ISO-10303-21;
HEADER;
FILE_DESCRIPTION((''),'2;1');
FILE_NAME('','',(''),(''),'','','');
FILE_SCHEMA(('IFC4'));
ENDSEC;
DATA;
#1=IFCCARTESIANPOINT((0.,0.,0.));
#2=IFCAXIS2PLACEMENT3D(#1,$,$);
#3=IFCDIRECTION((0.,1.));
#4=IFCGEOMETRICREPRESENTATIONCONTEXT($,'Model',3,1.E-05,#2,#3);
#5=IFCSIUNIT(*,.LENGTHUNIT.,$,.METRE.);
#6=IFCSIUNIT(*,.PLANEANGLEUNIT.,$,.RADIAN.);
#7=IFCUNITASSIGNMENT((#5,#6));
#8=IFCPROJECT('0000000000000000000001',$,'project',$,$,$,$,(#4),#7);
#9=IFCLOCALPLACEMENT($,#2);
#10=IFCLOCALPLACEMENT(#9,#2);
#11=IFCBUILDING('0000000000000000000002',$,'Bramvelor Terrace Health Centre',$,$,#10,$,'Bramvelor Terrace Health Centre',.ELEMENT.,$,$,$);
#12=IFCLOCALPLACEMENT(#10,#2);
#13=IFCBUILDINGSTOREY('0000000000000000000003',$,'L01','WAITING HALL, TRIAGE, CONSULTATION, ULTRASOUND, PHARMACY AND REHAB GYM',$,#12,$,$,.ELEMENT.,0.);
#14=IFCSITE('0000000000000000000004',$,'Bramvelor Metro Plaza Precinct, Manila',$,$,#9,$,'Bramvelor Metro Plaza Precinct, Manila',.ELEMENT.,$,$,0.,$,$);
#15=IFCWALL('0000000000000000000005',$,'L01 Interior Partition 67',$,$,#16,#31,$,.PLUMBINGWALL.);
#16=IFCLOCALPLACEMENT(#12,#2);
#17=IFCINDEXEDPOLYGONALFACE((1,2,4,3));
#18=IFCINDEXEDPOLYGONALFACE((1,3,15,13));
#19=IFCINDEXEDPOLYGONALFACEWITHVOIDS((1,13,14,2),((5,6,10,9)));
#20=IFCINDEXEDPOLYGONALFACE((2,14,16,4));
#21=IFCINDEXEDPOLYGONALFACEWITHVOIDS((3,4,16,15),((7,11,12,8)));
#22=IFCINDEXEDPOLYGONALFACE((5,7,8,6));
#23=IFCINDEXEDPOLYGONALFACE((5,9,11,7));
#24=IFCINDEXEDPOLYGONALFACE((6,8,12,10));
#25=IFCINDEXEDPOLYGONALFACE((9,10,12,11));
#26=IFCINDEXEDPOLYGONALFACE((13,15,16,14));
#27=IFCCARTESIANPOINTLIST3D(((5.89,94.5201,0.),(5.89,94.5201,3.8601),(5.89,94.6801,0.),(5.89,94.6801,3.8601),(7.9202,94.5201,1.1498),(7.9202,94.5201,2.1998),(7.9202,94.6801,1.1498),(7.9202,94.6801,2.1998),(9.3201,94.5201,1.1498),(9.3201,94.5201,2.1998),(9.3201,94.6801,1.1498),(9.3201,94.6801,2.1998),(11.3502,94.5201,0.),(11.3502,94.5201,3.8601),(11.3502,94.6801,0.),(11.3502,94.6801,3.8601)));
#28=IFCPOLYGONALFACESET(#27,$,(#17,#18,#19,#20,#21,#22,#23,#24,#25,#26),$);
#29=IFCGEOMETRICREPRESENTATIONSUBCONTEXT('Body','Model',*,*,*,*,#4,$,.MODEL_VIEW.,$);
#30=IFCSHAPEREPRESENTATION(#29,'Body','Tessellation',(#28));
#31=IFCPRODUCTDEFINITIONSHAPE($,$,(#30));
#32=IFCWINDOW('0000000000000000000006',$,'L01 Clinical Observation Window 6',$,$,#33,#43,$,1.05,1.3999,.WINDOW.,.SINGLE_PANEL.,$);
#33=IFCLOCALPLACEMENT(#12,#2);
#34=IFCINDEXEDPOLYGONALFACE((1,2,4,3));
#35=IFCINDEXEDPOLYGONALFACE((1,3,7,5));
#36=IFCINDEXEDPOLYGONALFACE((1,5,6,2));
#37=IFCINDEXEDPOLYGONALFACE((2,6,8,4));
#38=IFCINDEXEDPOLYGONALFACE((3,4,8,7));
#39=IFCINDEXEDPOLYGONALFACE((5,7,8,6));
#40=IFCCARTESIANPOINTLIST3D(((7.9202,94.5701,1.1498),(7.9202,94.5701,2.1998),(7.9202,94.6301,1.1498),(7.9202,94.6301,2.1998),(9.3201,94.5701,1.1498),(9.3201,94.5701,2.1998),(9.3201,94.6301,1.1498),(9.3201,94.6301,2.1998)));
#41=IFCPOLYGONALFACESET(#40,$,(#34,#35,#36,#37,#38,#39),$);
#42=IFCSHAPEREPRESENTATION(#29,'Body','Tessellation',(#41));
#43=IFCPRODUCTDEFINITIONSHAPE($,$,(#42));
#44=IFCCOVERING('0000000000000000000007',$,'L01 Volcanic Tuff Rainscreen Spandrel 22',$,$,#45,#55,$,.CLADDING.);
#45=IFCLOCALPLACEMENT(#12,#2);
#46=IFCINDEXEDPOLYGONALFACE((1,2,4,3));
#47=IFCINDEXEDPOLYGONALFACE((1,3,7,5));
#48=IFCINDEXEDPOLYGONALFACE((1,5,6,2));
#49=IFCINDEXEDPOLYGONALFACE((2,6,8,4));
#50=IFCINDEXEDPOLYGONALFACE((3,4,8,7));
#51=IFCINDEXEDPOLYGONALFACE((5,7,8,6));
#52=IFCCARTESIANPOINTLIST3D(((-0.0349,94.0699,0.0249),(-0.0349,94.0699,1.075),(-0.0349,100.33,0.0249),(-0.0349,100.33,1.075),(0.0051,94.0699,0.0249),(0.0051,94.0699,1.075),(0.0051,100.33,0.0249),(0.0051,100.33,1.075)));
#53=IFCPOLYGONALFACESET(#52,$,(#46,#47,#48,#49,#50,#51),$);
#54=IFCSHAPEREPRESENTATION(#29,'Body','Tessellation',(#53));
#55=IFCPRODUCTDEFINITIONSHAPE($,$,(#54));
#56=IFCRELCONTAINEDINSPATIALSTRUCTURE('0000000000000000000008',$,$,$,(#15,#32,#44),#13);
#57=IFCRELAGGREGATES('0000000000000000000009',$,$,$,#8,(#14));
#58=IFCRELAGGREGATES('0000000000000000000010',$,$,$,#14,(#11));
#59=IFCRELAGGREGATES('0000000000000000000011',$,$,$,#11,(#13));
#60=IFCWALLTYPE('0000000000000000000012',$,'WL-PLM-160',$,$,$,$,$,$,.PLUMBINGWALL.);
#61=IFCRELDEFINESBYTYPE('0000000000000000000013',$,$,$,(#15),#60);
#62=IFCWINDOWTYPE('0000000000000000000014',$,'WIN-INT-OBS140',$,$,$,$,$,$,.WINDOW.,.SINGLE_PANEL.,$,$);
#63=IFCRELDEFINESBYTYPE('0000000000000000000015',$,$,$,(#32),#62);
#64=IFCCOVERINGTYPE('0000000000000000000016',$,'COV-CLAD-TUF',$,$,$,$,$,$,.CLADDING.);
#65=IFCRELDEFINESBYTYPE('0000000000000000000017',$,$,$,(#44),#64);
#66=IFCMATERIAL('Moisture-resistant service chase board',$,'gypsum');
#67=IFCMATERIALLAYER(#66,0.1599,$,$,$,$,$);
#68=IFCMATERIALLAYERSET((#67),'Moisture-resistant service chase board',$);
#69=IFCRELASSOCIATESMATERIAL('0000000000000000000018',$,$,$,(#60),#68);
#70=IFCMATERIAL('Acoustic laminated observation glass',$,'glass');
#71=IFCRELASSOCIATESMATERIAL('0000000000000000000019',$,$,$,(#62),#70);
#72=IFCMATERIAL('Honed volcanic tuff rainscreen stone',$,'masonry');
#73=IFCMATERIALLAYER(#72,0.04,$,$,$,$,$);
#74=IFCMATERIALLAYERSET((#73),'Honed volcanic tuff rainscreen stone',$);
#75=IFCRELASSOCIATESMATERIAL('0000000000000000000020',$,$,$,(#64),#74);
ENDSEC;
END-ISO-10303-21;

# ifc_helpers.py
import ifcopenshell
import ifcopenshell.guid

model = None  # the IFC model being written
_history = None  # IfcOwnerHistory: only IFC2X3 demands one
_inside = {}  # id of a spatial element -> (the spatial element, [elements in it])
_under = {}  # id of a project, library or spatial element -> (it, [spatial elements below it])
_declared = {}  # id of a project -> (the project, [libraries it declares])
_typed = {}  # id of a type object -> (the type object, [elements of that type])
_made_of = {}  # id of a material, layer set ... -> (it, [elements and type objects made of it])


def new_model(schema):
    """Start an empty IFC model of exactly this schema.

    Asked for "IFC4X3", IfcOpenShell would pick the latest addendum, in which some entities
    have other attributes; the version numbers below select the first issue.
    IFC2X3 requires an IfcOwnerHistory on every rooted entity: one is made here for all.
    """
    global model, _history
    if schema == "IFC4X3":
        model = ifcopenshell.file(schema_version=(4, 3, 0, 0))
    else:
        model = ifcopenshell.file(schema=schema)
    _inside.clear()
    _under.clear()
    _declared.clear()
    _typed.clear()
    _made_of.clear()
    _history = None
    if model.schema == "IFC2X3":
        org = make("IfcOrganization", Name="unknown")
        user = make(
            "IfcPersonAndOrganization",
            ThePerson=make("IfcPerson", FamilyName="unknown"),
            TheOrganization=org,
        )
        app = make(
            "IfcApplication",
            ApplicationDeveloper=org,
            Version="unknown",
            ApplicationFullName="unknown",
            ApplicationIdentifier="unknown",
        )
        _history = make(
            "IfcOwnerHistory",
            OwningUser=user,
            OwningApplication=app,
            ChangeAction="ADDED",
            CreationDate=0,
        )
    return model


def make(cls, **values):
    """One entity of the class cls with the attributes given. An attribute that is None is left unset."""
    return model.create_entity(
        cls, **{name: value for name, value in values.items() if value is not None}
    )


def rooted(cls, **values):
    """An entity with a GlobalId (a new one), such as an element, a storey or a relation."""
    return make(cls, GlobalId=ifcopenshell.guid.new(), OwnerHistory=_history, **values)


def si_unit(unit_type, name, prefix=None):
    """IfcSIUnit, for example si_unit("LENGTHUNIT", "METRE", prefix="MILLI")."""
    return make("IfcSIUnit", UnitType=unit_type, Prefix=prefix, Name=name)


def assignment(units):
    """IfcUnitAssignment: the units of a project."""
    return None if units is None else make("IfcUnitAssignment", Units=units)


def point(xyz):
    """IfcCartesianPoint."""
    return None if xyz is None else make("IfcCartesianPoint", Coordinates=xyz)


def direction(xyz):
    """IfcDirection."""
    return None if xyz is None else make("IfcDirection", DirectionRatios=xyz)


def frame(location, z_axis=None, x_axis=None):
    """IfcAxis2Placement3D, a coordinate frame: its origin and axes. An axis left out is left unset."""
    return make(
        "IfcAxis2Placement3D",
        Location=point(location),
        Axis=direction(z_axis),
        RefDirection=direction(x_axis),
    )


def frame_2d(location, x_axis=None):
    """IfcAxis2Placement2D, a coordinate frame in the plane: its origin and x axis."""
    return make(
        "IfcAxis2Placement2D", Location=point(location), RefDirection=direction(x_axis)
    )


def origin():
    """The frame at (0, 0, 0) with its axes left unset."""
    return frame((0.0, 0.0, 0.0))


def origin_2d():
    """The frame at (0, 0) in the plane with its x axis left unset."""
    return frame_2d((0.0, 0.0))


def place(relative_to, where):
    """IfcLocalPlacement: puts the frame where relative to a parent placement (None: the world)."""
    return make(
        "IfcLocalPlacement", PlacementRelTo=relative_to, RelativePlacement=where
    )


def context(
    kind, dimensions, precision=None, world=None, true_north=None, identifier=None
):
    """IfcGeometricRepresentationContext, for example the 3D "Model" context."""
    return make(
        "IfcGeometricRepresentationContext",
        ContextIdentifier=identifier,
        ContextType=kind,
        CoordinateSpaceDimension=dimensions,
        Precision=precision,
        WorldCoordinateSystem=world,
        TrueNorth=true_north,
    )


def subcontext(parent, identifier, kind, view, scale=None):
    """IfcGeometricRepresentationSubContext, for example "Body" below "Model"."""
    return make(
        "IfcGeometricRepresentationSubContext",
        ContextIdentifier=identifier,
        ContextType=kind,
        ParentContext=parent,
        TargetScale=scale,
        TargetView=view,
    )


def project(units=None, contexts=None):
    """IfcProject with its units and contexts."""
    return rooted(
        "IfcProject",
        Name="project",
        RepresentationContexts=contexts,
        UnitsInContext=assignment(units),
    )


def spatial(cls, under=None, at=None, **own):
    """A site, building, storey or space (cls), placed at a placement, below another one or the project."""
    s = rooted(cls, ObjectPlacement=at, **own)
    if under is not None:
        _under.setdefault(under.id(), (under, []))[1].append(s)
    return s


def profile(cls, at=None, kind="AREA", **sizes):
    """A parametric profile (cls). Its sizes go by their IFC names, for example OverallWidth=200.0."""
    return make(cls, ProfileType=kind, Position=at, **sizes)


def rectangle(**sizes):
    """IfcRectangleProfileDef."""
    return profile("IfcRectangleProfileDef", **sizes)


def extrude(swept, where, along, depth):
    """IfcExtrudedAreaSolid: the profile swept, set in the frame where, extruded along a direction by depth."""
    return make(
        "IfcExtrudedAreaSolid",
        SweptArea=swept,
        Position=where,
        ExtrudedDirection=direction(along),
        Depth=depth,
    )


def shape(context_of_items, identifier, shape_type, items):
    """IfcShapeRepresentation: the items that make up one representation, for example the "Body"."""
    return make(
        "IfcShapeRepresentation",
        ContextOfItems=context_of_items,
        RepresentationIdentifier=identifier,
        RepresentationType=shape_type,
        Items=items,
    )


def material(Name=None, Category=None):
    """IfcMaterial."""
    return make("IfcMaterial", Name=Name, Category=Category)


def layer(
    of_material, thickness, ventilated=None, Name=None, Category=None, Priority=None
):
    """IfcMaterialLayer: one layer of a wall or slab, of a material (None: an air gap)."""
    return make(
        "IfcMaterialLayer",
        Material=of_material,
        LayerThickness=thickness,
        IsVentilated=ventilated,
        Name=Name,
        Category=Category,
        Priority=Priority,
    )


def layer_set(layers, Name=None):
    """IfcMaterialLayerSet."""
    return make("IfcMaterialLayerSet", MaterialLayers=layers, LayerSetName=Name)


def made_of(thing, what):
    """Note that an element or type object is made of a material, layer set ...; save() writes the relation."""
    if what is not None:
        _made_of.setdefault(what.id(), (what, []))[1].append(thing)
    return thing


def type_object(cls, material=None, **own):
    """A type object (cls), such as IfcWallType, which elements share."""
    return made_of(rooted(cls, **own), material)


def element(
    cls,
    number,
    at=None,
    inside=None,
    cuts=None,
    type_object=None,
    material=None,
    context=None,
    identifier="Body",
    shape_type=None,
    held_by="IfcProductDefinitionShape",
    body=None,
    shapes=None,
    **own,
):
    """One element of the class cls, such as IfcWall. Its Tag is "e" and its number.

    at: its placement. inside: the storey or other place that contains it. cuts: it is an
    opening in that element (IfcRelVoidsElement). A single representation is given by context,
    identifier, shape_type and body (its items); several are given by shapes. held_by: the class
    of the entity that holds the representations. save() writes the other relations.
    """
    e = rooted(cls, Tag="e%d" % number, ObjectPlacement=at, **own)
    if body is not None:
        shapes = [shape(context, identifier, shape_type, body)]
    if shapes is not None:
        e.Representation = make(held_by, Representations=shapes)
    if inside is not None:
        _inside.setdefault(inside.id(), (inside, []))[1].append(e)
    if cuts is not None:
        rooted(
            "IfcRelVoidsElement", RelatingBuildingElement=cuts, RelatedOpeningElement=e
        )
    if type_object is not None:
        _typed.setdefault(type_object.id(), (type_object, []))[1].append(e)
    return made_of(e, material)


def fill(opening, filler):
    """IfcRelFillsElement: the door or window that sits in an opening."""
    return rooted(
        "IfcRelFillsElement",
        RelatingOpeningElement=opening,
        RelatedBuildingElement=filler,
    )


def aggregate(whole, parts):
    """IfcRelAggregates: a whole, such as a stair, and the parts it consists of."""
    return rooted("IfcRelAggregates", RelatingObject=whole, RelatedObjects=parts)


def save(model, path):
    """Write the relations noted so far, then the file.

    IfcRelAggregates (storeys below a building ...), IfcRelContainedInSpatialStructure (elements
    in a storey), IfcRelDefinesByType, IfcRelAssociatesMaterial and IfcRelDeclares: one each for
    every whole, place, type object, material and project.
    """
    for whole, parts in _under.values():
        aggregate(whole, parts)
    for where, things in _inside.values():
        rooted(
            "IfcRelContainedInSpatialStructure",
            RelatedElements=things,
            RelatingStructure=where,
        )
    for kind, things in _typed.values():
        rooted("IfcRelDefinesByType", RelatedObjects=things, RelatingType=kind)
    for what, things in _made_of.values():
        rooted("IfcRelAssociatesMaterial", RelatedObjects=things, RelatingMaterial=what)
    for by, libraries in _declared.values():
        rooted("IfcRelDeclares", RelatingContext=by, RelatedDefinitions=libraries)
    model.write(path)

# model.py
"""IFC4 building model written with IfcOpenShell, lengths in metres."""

from ifc_helpers import new_model, si_unit, direction, frame, frame_2d, origin, origin_2d, place, context, subcontext, project, spatial, rectangle, extrude, material, layer, layer_set, type_object, element, fill, save


model = new_model("IFC4")

# Units and contexts
model_context = context("Model", 3, precision=1e-05, world=origin(), true_north=direction((0.0, 1.0)))
body_context = subcontext(model_context, "Body", "Model", "MODEL_VIEW")
ifc_project = project(units=[si_unit("LENGTHUNIT", "METRE"), si_unit("PLANEANGLEUNIT", "RADIAN")], contexts=[model_context])

# Site, building, storey
site_placement = place(None, origin())
site = spatial("IfcSite", under=ifc_project, at=site_placement, Name="Bramvelor Metro Plaza Precinct, Manila", LongName="Bramvelor Metro Plaza Precinct, Manila", CompositionType="ELEMENT", RefElevation=0.0)
building_placement = place(site_placement, origin())
building = spatial("IfcBuilding", under=site, at=building_placement, Name="Bramvelor Terrace Health Centre", LongName="Bramvelor Terrace Health Centre", CompositionType="ELEMENT")
storey_placement = place(building_placement, origin())
storey = spatial("IfcBuildingStorey", under=building, at=storey_placement, Name="L01", Description="WAITING HALL, TRIAGE, CONSULTATION, ULTRASOUND, PHARMACY AND REHAB GYM", CompositionType="ELEMENT", Elevation=0.0)

# Shared definitions
ifc_material_1 = material(Name="Moisture-resistant service chase board", Category="gypsum")
ifc_layer_1 = layer(ifc_material_1, 0.1599)
ifc_layer_set_1 = layer_set([ifc_layer_1], Name="Moisture-resistant service chase board")
wall_type_1 = type_object("IfcWallType", Name="WL-PLM-160", PredefinedType="PLUMBINGWALL", material=ifc_layer_set_1)

# Wall, opening, window
ifc_material_2 = material(Name="Acoustic laminated observation glass", Category="glass")
window_type_1 = type_object("IfcWindowType", Name="WIN-INT-OBS140", PartitioningType="SINGLE_PANEL", PredefinedType="WINDOW", material=ifc_material_2)
wall_1_placement = place(storey_placement, frame((11.3501, 94.6001, 0.0), z_axis=(0.0, 0.0, 1.0), x_axis=(-1.0, 0.0, 0.0)))
wall_1 = element("IfcWall", 1, at=wall_1_placement, inside=storey, type_object=wall_type_1, Name="L01 Interior Partition 67", PredefinedType="PLUMBINGWALL", context=body_context, shape_type="SweptSolid", body=[
    extrude(rectangle(XDim=5.4602, YDim=0.1599, at=frame_2d((2.73, 0.0))), origin(), (0.0, 0.0, 1.0), 3.8601),
])
opening_1_placement = place(wall_1_placement, frame((2.03, 0.0, 1.1499)))
opening_1 = element("IfcOpeningElement", 2, at=opening_1_placement, cuts=wall_1, PredefinedType="OPENING", context=body_context, shape_type="SweptSolid", body=[
    extrude(rectangle(XDim=1.3999, YDim=1.05, at=frame_2d((0.7, 0.5249))), frame((0.0, 0.0898, 0.0), z_axis=(0.0, -1.0, 0.0), x_axis=(1.0, 0.0, 0.0)), (0.0, 0.0, 1.0), 0.1799),
])
window_1_placement = place(opening_1_placement, origin())
window_1 = element("IfcWindow", 3, at=window_1_placement, inside=storey, type_object=window_type_1, Name="L01 Clinical Observation Window 6", OverallHeight=1.05, OverallWidth=1.3999, PartitioningType="SINGLE_PANEL", PredefinedType="WINDOW", context=body_context, shape_type="SweptSolid", body=[
    extrude(rectangle(XDim=1.3999, YDim=1.05, at=frame_2d((0.7, 0.5249))), frame((0.0, 0.03, 0.0), z_axis=(0.0, -1.0, 0.0), x_axis=(1.0, 0.0, 0.0)), (0.0, 0.0, 1.0), 0.0601),
])
fill(opening_1, window_1)

# Covering
ifc_material_3 = material(Name="Honed volcanic tuff rainscreen stone", Category="masonry")
ifc_layer_2 = layer(ifc_material_3, 0.04)
ifc_layer_set_2 = layer_set([ifc_layer_2], Name="Honed volcanic tuff rainscreen stone")
covering_type = type_object("IfcCoveringType", Name="COV-CLAD-TUF", PredefinedType="CLADDING", material=ifc_layer_set_2)
covering_placement = place(storey_placement, frame((-0.0149, 97.2, 0.0249), z_axis=(0.0, 0.0, 1.0), x_axis=(1.0, 0.0, 0.0)))
element("IfcCovering", 4, at=covering_placement, inside=storey, type_object=covering_type, Name="L01 Volcanic Tuff Rainscreen Spandrel 22", PredefinedType="CLADDING", context=body_context, shape_type="SweptSolid", body=[
    extrude(rectangle(XDim=0.04, YDim=6.26, at=origin_2d()), origin(), (0.0, 0.0, 1.0), 1.05),
])

save(model, "model.ifc")
